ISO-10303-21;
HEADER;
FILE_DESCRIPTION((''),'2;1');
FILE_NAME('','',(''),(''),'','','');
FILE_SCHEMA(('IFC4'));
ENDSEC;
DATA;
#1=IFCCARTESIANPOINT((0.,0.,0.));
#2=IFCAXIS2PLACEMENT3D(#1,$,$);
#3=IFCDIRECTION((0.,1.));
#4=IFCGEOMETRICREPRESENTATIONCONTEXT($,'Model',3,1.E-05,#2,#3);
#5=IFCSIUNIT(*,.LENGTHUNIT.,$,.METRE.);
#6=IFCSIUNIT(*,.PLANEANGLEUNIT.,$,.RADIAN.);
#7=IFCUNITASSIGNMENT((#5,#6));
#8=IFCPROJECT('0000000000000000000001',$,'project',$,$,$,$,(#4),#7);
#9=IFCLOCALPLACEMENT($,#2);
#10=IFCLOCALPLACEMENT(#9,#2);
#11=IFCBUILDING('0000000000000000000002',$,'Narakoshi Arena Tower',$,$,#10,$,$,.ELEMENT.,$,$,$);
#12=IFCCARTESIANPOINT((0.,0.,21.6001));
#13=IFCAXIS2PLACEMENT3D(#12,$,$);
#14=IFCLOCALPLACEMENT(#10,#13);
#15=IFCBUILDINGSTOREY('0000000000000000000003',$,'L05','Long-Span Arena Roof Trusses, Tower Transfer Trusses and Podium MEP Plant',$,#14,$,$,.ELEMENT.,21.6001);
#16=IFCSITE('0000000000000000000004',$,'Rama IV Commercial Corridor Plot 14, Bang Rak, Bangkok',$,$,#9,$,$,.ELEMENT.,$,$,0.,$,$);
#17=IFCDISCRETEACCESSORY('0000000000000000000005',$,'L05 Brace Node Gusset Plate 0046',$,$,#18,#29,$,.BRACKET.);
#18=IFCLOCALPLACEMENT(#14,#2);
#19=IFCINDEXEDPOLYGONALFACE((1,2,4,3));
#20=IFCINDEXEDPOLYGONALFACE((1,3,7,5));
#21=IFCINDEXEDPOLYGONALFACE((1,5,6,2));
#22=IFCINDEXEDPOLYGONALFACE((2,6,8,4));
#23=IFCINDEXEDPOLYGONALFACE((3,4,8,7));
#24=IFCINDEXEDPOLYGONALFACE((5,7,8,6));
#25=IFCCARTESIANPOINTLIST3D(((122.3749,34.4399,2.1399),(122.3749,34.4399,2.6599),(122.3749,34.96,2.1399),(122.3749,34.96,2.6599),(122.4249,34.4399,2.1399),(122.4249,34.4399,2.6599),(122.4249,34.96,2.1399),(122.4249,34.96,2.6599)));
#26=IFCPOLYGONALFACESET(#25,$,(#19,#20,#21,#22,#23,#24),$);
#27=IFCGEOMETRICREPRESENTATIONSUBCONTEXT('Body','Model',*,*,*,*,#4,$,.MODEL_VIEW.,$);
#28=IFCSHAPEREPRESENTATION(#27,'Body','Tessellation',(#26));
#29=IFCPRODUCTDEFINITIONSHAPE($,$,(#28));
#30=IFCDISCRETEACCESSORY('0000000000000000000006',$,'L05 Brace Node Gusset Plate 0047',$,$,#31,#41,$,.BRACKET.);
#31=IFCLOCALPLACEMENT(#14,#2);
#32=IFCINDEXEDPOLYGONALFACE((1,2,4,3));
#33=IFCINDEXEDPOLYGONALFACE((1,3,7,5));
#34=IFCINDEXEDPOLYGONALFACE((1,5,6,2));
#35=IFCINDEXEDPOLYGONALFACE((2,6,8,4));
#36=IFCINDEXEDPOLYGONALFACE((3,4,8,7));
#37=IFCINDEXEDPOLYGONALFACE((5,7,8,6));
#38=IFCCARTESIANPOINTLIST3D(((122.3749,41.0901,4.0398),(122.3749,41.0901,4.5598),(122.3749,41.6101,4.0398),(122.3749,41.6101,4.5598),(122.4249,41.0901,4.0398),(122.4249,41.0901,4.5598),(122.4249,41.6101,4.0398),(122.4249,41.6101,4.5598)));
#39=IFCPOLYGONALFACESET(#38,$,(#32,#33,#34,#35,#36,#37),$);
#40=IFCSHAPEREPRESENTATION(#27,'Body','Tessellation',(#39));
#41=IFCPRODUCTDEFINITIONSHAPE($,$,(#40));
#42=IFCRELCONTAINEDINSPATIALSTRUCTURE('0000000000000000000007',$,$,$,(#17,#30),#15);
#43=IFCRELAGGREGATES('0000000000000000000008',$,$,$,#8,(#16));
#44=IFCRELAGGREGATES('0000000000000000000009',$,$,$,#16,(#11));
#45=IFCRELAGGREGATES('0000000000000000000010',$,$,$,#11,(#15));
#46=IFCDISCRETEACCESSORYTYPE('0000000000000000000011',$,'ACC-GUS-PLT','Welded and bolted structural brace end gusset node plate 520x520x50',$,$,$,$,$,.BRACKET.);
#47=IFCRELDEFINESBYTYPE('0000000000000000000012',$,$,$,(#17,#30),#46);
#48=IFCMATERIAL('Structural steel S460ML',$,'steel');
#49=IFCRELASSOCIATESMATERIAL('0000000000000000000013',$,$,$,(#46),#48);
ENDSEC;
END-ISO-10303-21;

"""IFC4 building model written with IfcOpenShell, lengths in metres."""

from ifc_helpers import new_model, si_unit, direction, frame, origin, origin_2d, place, context, subcontext, project, spatial, rectangle, extrude, material, type_object, element, save


model = new_model("IFC4")

# Units and contexts
model_context = context("Model", 3, precision=1e-05, world=origin(), true_north=direction((0.0, 1.0)))
body_context = subcontext(model_context, "Body", "Model", "MODEL_VIEW")
ifc_project = project(units=[si_unit("LENGTHUNIT", "METRE"), si_unit("PLANEANGLEUNIT", "RADIAN")], contexts=[model_context])

# Site, building, storey
site_placement = place(None, origin())
site = spatial("IfcSite", under=ifc_project, at=site_placement, Name="Rama IV Commercial Corridor Plot 14, Bang Rak, Bangkok", CompositionType="ELEMENT", RefElevation=0.0)
building_placement = place(site_placement, origin())
building = spatial("IfcBuilding", under=site, at=building_placement, Name="Narakoshi Arena Tower", CompositionType="ELEMENT")
storey_placement = place(building_placement, frame((0.0, 0.0, 21.6001)))
storey = spatial("IfcBuildingStorey", under=building, at=storey_placement, Name="L05", Description="Long-Span Arena Roof Trusses, Tower Transfer Trusses and Podium MEP Plant", CompositionType="ELEMENT", Elevation=21.6001)

# Shared definitions
ifc_material_1 = material(Name="Structural steel S460ML", Category="steel")

# Discrete accessories
discrete_accessory_type_1 = type_object("IfcDiscreteAccessoryType", Name="ACC-GUS-PLT", Description="Welded and bolted structural brace end gusset node plate 520x520x50", PredefinedType="BRACKET", material=ifc_material_1)
for number, where, z_axis, x_axis, name in (
    (1, (122.3999, 34.7, 2.1399), (0.0, 0.0, 1.0), (0.0, 1.0, 0.0), "L05 Brace Node Gusset Plate 0046"),
    (2, (122.3999, 41.3501, 4.0398), (0.0, 0.0, 1.0), (0.0, 1.0, 0.0), "L05 Brace Node Gusset Plate 0047"),
):
    element("IfcDiscreteAccessory", number, at=place(storey_placement, frame(where, z_axis=z_axis, x_axis=x_axis)), inside=storey, type_object=discrete_accessory_type_1, Name=name, PredefinedType="BRACKET", context=body_context, shape_type="SweptSolid", body=[
        extrude(rectangle(XDim=0.52, YDim=0.05, at=origin_2d()), origin(), (0.0, 0.0, 1.0), 0.52),
    ])

save(model, "model.ifc")
